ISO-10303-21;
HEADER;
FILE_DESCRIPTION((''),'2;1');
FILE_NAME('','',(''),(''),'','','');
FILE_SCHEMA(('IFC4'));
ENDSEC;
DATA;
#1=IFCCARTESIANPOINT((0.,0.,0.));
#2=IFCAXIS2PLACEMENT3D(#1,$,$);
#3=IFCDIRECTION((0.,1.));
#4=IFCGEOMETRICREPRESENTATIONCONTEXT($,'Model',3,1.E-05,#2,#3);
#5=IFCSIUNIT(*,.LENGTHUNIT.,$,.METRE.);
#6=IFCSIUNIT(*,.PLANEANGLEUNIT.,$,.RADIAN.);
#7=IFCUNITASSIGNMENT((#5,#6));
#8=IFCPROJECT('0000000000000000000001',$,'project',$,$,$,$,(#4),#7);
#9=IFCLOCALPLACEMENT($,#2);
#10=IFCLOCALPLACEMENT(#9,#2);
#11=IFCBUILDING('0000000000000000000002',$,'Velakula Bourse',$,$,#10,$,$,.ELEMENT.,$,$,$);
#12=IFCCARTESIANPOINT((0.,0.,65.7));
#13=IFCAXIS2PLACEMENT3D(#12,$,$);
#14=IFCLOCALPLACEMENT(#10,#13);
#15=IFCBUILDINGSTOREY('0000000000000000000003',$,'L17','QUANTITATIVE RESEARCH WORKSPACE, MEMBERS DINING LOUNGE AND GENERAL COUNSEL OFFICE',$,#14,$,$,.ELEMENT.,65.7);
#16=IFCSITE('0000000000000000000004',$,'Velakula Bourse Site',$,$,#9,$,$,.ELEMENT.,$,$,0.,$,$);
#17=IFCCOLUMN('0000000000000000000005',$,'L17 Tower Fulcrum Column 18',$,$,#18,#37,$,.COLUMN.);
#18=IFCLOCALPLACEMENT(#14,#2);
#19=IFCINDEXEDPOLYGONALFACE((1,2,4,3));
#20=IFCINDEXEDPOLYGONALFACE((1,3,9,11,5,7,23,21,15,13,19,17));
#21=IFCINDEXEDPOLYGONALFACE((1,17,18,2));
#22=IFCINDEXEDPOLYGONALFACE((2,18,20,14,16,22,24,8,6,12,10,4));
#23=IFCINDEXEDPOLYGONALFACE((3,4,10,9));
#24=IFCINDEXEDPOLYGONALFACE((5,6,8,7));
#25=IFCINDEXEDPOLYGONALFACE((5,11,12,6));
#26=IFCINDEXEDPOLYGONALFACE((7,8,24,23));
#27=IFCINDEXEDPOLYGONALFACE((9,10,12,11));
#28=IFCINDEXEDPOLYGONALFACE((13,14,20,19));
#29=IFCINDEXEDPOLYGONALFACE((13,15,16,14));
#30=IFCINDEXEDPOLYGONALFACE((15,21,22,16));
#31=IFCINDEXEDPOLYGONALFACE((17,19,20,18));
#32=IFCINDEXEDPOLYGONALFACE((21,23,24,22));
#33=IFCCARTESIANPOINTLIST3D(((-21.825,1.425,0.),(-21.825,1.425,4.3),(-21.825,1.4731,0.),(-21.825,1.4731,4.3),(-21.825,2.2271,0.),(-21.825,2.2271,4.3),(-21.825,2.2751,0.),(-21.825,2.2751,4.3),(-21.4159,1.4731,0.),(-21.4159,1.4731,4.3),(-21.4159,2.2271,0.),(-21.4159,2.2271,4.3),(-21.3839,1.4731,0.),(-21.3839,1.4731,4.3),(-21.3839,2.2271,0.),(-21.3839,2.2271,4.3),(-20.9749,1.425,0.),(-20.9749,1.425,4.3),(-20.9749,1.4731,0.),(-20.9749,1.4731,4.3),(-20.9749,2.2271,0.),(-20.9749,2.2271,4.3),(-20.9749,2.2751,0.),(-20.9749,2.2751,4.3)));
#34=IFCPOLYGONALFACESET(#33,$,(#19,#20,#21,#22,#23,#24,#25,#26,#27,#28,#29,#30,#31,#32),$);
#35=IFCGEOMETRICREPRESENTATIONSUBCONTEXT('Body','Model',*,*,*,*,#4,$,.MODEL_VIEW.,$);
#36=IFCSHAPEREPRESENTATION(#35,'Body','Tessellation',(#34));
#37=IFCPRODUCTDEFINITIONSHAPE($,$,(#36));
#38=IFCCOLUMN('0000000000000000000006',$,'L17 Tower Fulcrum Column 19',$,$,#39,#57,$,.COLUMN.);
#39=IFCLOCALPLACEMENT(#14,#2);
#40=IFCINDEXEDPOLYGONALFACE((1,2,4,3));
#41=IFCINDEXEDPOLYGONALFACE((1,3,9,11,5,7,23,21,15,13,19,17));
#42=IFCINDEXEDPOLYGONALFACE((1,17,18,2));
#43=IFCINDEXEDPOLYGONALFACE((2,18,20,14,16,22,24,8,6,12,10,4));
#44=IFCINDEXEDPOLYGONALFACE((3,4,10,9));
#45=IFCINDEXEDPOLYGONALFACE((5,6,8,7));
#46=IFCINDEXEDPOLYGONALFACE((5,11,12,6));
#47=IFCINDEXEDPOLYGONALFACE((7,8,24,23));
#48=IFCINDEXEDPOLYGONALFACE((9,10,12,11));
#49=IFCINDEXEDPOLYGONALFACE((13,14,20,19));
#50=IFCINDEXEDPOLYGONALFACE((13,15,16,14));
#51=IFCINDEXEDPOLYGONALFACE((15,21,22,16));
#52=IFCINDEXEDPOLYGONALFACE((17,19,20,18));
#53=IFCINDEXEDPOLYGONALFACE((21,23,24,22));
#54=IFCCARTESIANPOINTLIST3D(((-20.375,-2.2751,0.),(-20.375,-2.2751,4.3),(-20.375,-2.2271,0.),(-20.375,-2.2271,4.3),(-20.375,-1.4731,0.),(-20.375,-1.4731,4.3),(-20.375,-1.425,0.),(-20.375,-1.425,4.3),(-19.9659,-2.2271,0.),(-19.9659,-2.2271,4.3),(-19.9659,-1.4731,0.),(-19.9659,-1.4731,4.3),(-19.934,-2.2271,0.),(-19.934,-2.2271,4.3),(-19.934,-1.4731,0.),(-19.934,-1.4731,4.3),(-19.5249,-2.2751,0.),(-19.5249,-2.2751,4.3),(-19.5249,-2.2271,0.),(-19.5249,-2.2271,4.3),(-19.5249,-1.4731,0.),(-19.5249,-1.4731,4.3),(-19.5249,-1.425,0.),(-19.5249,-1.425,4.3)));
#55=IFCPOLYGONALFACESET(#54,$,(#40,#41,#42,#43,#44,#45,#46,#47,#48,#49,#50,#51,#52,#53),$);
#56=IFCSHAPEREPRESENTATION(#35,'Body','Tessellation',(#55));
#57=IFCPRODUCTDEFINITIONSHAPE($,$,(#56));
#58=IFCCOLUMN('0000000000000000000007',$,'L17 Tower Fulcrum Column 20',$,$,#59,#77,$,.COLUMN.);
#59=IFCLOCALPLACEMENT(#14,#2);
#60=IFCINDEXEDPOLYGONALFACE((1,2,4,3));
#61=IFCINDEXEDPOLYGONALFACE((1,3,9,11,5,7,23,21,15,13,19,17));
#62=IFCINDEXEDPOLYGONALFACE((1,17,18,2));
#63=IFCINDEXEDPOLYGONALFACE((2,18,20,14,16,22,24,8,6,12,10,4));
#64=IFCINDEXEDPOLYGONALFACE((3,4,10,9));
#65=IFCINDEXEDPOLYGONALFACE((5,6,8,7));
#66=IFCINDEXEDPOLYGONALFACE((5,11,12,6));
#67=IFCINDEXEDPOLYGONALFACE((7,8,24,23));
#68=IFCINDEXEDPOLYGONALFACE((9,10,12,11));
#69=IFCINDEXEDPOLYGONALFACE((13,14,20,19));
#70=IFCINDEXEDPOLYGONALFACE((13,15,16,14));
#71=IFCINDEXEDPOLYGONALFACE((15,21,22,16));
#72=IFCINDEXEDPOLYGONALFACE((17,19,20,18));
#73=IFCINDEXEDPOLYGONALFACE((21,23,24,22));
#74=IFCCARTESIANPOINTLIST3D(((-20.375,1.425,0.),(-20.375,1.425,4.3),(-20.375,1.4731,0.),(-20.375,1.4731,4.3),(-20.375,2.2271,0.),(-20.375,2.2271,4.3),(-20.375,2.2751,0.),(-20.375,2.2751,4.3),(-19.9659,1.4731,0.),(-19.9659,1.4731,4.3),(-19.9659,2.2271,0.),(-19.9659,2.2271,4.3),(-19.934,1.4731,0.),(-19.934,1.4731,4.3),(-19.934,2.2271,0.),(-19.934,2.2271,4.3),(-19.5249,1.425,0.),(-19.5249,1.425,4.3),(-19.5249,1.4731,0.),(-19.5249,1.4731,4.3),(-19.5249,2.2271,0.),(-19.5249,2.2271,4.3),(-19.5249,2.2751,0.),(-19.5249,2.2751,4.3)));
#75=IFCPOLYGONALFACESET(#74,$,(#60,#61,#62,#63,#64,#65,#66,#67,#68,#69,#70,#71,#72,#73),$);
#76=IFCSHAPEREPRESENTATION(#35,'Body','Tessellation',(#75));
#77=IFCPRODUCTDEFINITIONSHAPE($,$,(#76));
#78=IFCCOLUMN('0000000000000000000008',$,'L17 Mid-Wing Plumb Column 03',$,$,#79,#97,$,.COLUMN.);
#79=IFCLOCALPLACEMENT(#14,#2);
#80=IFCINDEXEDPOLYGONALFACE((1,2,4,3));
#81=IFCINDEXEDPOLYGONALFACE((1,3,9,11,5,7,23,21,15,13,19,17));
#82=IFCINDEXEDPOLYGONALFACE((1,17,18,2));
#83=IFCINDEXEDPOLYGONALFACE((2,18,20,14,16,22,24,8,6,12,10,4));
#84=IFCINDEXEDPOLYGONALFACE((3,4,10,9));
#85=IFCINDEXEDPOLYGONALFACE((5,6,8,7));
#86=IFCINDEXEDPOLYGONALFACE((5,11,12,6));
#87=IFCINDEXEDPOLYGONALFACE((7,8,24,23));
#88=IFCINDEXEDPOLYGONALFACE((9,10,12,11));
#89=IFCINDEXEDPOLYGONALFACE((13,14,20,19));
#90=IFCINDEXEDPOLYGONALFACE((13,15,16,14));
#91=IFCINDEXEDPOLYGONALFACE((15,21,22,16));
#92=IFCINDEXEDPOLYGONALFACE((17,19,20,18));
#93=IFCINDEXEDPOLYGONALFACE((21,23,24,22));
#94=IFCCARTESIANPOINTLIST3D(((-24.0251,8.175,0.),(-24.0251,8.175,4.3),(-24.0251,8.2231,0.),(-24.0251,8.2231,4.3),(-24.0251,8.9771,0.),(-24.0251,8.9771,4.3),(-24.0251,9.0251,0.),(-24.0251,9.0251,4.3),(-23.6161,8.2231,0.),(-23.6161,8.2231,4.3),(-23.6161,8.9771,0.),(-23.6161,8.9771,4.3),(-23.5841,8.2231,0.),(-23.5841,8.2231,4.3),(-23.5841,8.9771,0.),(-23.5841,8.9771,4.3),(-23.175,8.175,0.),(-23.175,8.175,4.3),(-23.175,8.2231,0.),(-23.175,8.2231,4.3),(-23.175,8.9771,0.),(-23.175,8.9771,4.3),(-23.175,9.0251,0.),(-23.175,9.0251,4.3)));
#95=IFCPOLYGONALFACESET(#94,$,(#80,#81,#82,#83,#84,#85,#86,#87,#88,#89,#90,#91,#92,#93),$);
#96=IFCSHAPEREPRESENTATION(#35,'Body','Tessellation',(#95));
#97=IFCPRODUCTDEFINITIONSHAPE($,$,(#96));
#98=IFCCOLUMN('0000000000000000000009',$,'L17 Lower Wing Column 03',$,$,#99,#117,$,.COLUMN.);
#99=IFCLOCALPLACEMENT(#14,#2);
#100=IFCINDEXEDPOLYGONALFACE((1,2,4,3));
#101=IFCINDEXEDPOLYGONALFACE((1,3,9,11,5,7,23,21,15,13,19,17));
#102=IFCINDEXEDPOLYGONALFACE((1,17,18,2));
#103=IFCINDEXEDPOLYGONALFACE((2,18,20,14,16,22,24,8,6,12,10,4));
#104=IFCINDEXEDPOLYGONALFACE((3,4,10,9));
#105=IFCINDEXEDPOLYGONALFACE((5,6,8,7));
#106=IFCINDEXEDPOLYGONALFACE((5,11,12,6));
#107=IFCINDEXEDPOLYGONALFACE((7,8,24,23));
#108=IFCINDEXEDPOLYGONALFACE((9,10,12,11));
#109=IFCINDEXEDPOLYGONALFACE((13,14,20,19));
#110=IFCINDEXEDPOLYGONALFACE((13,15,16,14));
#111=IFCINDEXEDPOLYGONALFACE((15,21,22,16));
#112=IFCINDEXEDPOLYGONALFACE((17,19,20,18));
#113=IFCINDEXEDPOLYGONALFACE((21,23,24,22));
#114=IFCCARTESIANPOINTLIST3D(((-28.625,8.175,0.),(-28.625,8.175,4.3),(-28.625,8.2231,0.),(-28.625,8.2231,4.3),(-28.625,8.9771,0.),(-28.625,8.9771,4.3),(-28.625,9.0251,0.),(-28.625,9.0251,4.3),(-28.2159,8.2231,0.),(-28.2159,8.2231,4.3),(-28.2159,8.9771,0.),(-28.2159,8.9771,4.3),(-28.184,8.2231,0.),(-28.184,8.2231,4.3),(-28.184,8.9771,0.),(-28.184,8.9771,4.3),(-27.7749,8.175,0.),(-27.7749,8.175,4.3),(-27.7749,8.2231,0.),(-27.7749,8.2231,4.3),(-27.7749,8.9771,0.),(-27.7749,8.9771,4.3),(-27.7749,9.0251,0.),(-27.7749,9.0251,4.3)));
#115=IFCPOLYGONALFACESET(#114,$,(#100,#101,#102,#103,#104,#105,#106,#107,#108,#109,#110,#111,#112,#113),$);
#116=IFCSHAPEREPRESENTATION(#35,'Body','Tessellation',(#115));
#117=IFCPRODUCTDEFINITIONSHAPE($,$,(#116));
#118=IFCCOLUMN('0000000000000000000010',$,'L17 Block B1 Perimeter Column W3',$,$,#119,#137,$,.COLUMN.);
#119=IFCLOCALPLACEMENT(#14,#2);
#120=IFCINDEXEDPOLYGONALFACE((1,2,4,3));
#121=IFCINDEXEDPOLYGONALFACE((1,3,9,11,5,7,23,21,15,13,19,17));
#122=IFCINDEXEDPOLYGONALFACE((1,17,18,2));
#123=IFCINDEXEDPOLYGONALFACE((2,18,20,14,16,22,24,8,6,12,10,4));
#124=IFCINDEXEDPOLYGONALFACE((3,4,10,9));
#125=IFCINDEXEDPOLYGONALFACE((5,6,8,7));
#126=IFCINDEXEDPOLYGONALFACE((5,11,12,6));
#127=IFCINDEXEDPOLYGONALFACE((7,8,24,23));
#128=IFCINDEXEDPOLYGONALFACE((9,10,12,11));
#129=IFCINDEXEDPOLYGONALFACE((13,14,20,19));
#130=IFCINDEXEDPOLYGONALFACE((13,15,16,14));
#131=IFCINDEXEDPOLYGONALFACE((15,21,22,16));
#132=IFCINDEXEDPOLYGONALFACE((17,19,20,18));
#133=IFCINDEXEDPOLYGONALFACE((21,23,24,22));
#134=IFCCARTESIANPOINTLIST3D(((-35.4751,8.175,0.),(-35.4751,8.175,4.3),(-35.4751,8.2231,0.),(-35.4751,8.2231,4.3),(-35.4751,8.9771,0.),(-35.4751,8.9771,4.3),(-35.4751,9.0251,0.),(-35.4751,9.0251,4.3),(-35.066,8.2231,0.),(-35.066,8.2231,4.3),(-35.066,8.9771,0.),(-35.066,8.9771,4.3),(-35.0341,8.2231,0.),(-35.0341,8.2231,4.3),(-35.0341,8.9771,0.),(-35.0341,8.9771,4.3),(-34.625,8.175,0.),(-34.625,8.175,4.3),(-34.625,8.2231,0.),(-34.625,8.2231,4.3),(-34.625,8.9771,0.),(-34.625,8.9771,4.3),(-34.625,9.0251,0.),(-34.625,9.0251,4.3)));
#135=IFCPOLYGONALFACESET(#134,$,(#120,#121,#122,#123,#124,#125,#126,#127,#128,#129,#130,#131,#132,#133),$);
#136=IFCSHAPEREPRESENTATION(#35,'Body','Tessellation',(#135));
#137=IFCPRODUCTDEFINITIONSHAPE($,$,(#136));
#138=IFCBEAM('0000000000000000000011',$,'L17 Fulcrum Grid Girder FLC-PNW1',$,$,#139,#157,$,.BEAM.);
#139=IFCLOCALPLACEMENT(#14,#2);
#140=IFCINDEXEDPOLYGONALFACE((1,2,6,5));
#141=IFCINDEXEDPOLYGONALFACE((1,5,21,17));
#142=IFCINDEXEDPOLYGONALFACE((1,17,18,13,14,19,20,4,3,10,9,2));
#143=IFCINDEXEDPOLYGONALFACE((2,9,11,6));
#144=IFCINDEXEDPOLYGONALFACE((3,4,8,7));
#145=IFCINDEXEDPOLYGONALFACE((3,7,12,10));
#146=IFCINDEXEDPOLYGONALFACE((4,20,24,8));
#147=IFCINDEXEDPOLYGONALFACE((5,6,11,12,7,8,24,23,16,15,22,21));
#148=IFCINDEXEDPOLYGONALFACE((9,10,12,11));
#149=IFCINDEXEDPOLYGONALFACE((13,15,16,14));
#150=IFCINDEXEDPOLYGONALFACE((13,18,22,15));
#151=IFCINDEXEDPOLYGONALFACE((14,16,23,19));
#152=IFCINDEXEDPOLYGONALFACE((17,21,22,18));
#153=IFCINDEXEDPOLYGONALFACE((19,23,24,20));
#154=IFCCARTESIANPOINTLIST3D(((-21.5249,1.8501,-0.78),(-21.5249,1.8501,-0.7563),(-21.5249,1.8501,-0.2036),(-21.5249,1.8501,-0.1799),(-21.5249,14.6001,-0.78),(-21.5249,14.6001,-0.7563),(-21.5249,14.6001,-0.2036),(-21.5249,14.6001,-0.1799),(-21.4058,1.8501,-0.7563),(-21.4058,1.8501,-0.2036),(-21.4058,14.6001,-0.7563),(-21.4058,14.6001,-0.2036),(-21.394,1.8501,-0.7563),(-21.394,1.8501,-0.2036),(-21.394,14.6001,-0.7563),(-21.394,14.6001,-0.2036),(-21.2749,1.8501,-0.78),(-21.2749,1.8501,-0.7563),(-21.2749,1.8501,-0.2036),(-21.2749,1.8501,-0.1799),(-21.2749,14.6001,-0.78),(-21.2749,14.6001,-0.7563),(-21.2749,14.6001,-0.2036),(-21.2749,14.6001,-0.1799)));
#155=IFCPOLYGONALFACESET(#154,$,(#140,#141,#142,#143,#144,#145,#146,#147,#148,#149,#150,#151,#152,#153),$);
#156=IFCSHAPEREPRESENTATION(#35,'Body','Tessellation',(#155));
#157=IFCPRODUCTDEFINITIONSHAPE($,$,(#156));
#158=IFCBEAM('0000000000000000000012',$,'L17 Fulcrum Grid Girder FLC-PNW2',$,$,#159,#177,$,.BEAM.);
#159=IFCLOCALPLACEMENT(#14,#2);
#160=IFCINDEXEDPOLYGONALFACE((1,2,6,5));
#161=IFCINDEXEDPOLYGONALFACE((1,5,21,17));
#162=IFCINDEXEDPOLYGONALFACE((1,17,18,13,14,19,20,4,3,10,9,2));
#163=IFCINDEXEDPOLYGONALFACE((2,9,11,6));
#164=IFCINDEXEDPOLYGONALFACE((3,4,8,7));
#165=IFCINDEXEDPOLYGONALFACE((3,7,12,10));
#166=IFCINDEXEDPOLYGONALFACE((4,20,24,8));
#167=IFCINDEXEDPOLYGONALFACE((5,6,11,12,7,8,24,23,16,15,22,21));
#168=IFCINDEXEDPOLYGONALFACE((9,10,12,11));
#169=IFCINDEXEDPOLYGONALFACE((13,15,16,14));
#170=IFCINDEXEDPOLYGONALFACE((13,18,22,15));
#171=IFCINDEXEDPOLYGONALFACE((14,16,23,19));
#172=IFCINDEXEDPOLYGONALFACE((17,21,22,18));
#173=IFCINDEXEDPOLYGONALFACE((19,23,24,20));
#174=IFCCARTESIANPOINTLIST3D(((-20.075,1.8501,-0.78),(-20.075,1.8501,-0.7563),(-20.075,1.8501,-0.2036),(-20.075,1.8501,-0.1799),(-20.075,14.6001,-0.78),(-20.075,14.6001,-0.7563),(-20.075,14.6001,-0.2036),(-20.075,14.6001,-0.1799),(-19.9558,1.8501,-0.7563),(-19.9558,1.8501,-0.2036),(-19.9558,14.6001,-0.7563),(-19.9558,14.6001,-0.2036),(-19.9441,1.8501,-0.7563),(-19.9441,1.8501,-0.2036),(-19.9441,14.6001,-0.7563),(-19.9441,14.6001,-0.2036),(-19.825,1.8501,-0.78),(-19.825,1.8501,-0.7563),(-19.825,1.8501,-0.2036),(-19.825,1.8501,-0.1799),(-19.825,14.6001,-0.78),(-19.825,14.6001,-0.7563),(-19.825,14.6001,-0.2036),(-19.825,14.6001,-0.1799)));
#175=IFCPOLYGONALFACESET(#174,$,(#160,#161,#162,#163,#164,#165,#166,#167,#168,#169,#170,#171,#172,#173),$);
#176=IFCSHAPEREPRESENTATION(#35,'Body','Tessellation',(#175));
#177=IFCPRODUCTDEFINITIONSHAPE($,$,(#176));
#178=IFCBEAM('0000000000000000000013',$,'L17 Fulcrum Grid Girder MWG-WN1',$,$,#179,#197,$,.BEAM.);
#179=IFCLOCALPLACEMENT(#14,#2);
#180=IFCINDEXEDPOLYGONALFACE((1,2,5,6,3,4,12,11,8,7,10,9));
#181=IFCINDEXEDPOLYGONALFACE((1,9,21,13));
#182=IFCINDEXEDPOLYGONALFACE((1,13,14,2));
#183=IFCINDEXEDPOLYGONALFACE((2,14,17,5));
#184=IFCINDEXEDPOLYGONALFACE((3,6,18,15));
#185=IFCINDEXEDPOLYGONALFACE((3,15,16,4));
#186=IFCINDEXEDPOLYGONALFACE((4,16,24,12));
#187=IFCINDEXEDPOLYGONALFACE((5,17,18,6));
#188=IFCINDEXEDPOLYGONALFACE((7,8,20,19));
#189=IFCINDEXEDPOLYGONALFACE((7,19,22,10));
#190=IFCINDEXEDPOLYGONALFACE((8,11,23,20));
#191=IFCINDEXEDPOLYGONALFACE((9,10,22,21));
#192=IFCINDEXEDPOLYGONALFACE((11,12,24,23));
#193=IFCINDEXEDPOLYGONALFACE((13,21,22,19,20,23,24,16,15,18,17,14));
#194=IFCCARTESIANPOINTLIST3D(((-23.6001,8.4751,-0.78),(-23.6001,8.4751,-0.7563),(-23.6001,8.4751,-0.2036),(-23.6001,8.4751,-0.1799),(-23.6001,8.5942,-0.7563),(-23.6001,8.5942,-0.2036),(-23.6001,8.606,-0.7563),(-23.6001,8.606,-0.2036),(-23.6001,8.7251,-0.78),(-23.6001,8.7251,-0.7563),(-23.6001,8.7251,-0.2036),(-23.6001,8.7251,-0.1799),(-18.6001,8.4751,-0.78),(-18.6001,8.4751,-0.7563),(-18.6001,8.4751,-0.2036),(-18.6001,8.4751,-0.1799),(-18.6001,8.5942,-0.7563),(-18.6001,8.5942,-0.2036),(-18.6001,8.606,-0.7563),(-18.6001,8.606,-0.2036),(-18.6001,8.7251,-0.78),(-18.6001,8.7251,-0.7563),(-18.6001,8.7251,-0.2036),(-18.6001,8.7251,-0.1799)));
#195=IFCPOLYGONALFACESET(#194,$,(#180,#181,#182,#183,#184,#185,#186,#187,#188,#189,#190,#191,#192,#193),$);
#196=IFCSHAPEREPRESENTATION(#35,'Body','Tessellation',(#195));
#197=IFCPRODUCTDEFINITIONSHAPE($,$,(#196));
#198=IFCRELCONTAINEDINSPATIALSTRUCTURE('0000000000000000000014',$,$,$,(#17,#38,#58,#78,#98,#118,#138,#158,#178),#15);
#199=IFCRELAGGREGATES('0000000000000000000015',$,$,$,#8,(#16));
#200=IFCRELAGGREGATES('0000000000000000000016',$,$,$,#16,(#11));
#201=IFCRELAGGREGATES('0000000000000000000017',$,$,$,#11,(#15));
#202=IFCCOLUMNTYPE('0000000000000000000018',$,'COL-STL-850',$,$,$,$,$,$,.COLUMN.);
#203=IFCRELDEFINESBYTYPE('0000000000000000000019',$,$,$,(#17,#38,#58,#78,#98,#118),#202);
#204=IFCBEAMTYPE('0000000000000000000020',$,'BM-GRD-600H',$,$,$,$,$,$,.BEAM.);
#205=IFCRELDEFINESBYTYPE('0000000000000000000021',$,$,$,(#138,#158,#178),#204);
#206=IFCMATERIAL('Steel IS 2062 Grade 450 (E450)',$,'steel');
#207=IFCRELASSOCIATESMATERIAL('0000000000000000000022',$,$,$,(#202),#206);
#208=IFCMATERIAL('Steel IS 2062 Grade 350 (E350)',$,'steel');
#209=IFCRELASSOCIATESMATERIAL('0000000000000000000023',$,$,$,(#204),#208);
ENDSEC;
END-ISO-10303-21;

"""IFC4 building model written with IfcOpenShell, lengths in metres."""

from ifc_helpers import new_model, si_unit, direction, frame, origin, origin_2d, place, context, subcontext, project, spatial, i_section, extrude, material, material_profile, profile_set, type_object, element, save


model = new_model("IFC4")

# Units and contexts
model_context = context("Model", 3, precision=1e-05, world=origin(), true_north=direction((0.0, 1.0)))
body_context = subcontext(model_context, "Body", "Model", "MODEL_VIEW")
ifc_project = project(units=[si_unit("LENGTHUNIT", "METRE"), si_unit("PLANEANGLEUNIT", "RADIAN")], contexts=[model_context])

# Site, building, storey
site_placement = place(None, origin())
site = spatial("IfcSite", under=ifc_project, at=site_placement, Name="Velakula Bourse Site", CompositionType="ELEMENT", RefElevation=0.0)
building_placement = place(site_placement, origin())
building = spatial("IfcBuilding", under=site, at=building_placement, Name="Velakula Bourse", CompositionType="ELEMENT")
storey_placement = place(building_placement, frame((0.0, 0.0, 65.7)))
storey = spatial("IfcBuildingStorey", under=building, at=storey_placement, Name="L17", Description="QUANTITATIVE RESEARCH WORKSPACE, MEMBERS DINING LOUNGE AND GENERAL COUNSEL OFFICE", CompositionType="ELEMENT", Elevation=65.7)

# Columns
ifc_material_1 = material(Name="Steel IS 2062 Grade 450 (E450)", Category="steel")
ifc_material_profile_1 = material_profile(ifc_material_1, i_section(OverallWidth=0.8501, OverallDepth=0.8501, WebThickness=0.032, FlangeThickness=0.0481, at=origin_2d()), Name="Steel IS 2062 Grade 450 (E450)")
ifc_profile_set_1 = profile_set([ifc_material_profile_1], Name="Steel IS 2062 Grade 450 (E450)")
column_type = type_object("IfcColumnType", Name="COL-STL-850", PredefinedType="COLUMN", material=ifc_profile_set_1)
for number, where, z_axis, x_axis, name in (
    (1, (-21.3999, 1.8501, 0.0), (0.0, 0.0, 1.0), (1.0, 0.0, 0.0), "L17 Tower Fulcrum Column 18"),
    (2, (-19.95, -1.8501, 0.0), (0.0, 0.0, 1.0), (1.0, 0.0, 0.0), "L17 Tower Fulcrum Column 19"),
    (3, (-19.95, 1.8501, 0.0), (0.0, 0.0, 1.0), (1.0, 0.0, 0.0), "L17 Tower Fulcrum Column 20"),
    (4, (-23.6001, 8.6001, 0.0), (0.0, 0.0, 1.0), (1.0, 0.0, 0.0), "L17 Mid-Wing Plumb Column 03"),
    (5, (-28.2, 8.6001, 0.0), (0.0, 0.0, 1.0), (1.0, 0.0, 0.0), "L17 Lower Wing Column 03"),
    (6, (-35.05, 8.6001, 0.0), (0.0, 0.0, 1.0), (1.0, 0.0, 0.0), "L17 Block B1 Perimeter Column W3"),
):
    element("IfcColumn", number, at=place(storey_placement, frame(where, z_axis=z_axis, x_axis=x_axis)), inside=storey, type_object=column_type, Name=name, PredefinedType="COLUMN", context=body_context, shape_type="SweptSolid", body=[
        extrude(i_section(OverallWidth=0.8501, OverallDepth=0.8501, WebThickness=0.032, FlangeThickness=0.0481, at=origin_2d()), origin(), (0.0, 0.0, 1.0), 4.3),
    ])

# Beams
ifc_material_2 = material(Name="Steel IS 2062 Grade 350 (E350)", Category="steel")
ifc_material_profile_2 = material_profile(ifc_material_2, i_section(OverallWidth=0.25, OverallDepth=0.6001, WebThickness=0.0117, FlangeThickness=0.0237, at=origin_2d()), Name="Steel IS 2062 Grade 350 (E350)")
ifc_profile_set_2 = profile_set([ifc_material_profile_2], Name="Steel IS 2062 Grade 350 (E350)")
beam_type_1 = type_object("IfcBeamType", Name="BM-GRD-600H", PredefinedType="BEAM", material=ifc_profile_set_2)
for number, where, z_axis, x_axis, name in (
    (7, (-21.3999, 1.8501, -0.48), (0.0, 1.0, 0.0), (-1.0, 0.0, 0.0), "L17 Fulcrum Grid Girder FLC-PNW1"),
    (8, (-19.95, 1.8501, -0.48), (0.0, 1.0, 0.0), (-1.0, 0.0, 0.0), "L17 Fulcrum Grid Girder FLC-PNW2"),
):
    element("IfcBeam", number, at=place(storey_placement, frame(where, z_axis=z_axis, x_axis=x_axis)), inside=storey, type_object=beam_type_1, Name=name, PredefinedType="BEAM", context=body_context, shape_type="SweptSolid", body=[
        extrude(i_section(OverallWidth=0.25, OverallDepth=0.6001, WebThickness=0.0117, FlangeThickness=0.0237, at=origin_2d()), origin(), (0.0, 0.0, 1.0), 12.75),
    ])
beam_1_placement = place(storey_placement, frame((-23.6001, 8.6001, -0.48), z_axis=(1.0, 0.0, 0.0), x_axis=(0.0, 1.0, 0.0)))
element("IfcBeam", 9, at=beam_1_placement, inside=storey, type_object=beam_type_1, Name="L17 Fulcrum Grid Girder MWG-WN1", PredefinedType="BEAM", context=body_context, shape_type="SweptSolid", body=[
    extrude(i_section(OverallWidth=0.25, OverallDepth=0.6001, WebThickness=0.0117, FlangeThickness=0.0237, at=origin_2d()), origin(), (0.0, 0.0, 1.0), 5.0),
])

save(model, "model.ifc")
